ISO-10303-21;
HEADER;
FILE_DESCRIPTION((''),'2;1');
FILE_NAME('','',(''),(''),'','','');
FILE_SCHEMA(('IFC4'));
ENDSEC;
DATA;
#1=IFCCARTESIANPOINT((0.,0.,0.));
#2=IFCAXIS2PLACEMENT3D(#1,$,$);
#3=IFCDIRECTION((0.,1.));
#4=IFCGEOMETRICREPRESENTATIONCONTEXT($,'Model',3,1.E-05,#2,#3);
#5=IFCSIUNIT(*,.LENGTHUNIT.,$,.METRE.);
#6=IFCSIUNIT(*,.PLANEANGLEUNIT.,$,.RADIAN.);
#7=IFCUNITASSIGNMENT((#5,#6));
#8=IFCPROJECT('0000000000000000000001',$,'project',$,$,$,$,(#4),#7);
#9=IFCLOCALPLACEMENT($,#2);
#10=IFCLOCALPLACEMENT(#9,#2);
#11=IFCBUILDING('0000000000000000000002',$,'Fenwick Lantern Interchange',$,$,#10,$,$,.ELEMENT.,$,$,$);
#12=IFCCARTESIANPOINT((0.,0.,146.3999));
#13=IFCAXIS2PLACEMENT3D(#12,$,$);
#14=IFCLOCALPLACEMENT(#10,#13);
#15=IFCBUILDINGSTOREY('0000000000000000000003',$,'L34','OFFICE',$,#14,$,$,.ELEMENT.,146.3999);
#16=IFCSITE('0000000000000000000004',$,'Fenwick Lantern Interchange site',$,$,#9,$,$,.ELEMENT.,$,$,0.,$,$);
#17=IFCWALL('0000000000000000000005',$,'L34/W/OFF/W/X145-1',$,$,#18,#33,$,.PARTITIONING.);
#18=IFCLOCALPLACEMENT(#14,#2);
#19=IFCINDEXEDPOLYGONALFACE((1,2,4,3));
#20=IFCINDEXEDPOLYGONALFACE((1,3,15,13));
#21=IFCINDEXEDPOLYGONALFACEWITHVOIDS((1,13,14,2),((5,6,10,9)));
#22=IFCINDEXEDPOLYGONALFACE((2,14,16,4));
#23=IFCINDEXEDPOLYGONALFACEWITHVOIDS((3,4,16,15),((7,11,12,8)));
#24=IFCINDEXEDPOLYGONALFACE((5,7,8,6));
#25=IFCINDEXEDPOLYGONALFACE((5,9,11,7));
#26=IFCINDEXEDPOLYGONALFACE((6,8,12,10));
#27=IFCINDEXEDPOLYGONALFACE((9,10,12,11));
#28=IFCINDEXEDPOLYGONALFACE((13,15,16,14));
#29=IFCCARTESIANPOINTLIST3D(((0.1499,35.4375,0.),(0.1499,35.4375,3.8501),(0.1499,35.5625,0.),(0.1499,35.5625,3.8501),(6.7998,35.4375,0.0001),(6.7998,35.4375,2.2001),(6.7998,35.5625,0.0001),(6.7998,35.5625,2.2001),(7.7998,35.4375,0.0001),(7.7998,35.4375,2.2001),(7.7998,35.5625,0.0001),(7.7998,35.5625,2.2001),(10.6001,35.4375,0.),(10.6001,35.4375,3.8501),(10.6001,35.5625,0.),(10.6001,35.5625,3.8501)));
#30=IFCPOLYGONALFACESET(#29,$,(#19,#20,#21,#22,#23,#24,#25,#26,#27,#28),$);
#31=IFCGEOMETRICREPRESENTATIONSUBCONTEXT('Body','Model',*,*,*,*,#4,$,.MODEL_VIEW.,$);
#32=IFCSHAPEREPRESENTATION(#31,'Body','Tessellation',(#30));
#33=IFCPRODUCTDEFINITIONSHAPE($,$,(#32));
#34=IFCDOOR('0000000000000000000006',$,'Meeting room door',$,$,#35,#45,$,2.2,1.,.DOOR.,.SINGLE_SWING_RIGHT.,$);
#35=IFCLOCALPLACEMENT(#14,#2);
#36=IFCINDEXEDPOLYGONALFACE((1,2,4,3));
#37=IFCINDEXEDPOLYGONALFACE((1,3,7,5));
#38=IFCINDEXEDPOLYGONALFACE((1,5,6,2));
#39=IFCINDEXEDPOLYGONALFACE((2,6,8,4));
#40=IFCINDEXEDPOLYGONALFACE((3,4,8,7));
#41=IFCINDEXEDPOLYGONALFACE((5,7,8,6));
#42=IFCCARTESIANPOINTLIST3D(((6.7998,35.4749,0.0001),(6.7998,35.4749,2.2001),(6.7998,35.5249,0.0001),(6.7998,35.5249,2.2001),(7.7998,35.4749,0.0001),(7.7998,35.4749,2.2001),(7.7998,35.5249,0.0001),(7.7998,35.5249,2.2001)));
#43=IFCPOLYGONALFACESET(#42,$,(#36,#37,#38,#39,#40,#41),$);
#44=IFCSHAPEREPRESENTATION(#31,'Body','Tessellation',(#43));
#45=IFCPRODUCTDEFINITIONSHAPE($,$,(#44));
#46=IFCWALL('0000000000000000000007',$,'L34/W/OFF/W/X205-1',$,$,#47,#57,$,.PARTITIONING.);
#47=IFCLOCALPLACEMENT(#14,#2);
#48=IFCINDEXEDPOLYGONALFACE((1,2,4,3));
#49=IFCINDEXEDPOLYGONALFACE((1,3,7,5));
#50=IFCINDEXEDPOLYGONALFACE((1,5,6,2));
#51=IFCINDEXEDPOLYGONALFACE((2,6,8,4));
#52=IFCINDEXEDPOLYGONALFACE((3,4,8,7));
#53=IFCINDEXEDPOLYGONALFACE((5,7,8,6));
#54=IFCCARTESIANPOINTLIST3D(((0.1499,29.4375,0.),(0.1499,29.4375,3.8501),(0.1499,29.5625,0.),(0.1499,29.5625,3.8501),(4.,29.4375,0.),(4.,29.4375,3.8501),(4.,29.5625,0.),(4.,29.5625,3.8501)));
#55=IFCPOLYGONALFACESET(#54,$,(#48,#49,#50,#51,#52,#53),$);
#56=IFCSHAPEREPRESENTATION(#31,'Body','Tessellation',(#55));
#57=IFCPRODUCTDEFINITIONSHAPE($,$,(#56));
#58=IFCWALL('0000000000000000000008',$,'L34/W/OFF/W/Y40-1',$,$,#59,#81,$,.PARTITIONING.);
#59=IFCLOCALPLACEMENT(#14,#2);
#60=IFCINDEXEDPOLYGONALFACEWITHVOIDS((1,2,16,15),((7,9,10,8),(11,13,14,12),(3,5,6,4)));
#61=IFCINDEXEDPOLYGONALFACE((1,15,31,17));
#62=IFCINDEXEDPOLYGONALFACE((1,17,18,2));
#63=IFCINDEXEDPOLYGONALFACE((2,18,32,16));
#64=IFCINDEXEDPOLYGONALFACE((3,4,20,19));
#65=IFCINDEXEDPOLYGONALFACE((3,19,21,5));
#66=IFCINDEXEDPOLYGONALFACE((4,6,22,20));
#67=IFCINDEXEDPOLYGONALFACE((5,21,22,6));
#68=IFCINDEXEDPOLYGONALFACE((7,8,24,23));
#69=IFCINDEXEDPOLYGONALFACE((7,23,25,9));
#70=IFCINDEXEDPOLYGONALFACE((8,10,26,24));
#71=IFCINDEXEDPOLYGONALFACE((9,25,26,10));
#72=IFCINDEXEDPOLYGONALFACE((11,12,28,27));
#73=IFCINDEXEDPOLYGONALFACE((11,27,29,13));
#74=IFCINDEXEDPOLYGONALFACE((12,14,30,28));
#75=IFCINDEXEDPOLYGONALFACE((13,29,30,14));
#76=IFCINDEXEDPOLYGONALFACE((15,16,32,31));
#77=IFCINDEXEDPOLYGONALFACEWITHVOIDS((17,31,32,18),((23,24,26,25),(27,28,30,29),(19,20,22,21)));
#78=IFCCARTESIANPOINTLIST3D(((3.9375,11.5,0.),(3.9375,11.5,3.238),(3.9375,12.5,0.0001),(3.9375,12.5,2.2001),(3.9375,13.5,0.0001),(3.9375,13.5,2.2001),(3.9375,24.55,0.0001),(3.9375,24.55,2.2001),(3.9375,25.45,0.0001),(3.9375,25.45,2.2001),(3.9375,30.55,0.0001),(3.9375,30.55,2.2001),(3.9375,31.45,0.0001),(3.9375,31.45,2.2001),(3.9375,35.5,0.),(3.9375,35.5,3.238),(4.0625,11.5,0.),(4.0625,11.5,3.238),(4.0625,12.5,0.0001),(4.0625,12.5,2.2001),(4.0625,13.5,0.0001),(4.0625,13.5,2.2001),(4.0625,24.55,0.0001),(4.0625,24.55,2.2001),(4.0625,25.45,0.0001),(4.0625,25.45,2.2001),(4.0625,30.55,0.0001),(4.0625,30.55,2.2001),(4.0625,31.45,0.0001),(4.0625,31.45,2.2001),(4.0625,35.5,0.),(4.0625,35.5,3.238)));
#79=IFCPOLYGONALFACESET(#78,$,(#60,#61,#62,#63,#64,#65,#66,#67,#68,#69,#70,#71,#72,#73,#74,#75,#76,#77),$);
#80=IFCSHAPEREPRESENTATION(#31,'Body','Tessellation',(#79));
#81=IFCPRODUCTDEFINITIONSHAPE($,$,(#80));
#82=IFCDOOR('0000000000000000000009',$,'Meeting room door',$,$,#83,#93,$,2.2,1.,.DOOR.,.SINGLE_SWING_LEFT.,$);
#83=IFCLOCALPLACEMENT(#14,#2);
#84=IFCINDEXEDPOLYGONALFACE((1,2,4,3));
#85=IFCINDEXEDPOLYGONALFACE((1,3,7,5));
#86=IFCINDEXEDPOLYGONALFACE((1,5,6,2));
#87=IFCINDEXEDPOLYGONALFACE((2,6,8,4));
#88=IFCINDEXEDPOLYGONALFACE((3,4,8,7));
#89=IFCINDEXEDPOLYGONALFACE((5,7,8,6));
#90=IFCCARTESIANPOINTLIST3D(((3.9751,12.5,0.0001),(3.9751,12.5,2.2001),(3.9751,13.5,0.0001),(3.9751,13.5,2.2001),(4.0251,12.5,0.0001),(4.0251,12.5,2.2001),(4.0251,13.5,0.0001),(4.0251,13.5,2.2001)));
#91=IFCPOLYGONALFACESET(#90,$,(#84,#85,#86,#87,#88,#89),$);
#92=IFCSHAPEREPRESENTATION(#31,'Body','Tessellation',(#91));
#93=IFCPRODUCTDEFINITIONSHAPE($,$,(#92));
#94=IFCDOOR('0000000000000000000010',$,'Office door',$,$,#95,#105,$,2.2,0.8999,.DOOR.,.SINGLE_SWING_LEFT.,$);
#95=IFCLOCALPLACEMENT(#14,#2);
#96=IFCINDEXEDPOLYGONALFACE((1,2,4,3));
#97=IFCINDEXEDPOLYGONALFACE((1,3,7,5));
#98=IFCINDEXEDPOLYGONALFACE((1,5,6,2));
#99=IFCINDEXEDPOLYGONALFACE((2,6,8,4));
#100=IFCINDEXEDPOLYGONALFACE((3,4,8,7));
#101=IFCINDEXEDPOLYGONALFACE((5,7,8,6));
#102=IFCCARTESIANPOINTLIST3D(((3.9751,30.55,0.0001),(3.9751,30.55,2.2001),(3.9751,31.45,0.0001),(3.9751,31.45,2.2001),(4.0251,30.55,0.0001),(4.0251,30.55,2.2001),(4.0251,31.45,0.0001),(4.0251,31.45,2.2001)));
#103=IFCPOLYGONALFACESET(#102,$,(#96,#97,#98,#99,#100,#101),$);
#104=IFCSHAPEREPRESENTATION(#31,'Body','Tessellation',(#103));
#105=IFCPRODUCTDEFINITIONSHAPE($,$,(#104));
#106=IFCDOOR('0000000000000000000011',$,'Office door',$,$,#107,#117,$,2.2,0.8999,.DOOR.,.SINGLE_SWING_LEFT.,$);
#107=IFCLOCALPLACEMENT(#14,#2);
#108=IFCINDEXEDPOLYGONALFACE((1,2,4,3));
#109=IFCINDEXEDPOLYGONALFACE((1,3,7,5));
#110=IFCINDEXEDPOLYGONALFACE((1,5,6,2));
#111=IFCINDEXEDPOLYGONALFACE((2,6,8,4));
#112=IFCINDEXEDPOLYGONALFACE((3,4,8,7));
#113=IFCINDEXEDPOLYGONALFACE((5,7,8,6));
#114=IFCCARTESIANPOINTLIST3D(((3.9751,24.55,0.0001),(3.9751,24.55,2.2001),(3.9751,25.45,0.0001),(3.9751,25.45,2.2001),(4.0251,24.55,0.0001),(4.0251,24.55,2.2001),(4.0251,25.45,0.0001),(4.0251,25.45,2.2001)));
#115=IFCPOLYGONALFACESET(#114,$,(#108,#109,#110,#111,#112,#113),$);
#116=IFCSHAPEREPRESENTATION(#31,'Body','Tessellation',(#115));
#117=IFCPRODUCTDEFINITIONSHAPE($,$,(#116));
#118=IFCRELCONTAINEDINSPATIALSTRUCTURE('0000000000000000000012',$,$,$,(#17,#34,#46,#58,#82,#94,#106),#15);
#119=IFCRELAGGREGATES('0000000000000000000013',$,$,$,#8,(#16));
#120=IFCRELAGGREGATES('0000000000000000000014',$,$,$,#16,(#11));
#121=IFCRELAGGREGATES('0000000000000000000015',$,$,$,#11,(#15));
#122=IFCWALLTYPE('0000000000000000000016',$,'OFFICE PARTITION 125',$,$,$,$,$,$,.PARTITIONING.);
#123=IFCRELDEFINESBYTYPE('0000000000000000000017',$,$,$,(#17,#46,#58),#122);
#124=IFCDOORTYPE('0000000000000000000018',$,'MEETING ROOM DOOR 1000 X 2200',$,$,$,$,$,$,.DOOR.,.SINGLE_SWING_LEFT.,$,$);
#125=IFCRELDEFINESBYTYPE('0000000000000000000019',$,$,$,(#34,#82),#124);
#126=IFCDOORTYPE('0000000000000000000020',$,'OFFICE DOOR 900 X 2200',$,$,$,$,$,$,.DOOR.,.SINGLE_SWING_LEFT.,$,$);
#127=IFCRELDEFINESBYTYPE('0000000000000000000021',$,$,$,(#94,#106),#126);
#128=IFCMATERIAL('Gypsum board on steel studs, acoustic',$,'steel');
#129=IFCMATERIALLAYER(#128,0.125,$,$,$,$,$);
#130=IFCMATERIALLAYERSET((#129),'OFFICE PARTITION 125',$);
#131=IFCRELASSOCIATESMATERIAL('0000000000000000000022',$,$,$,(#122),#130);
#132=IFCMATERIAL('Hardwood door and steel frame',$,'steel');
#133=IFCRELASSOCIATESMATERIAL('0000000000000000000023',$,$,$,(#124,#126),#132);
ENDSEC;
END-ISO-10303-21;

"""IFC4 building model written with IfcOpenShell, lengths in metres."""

from ifc_helpers import new_model, si_unit, direction, frame, frame_2d, origin, place, context, subcontext, project, spatial, rectangle, extrude, material, layer, layer_set, type_object, element, fill, save


model = new_model("IFC4")

# Units and contexts
model_context = context("Model", 3, precision=1e-05, world=origin(), true_north=direction((0.0, 1.0)))
body_context = subcontext(model_context, "Body", "Model", "MODEL_VIEW")
ifc_project = project(units=[si_unit("LENGTHUNIT", "METRE"), si_unit("PLANEANGLEUNIT", "RADIAN")], contexts=[model_context])

# Site, building, storey
site_placement = place(None, origin())
site = spatial("IfcSite", under=ifc_project, at=site_placement, Name="Fenwick Lantern Interchange site", CompositionType="ELEMENT", RefElevation=0.0)
building_placement = place(site_placement, origin())
building = spatial("IfcBuilding", under=site, at=building_placement, Name="Fenwick Lantern Interchange", CompositionType="ELEMENT")
storey_placement = place(building_placement, frame((0.0, 0.0, 146.3999)))
storey = spatial("IfcBuildingStorey", under=building, at=storey_placement, Name="L34", Description="OFFICE", CompositionType="ELEMENT", Elevation=146.3999)

# Shared definitions
ifc_material_1 = material(Name="Hardwood door and steel frame", Category="steel")

# Wall, opening, door
ifc_material_2 = material(Name="Gypsum board on steel studs, acoustic", Category="steel")
ifc_layer_1 = layer(ifc_material_2, 0.125)
ifc_layer_set_1 = layer_set([ifc_layer_1], Name="OFFICE PARTITION 125")
wall_type_1 = type_object("IfcWallType", Name="OFFICE PARTITION 125", PredefinedType="PARTITIONING", material=ifc_layer_set_1)
wall_1_placement = place(storey_placement, frame((0.1499, 35.5, 0.0), z_axis=(0.0, 0.0, 1.0), x_axis=(1.0, 0.0, 0.0)))
wall_1 = element("IfcWall", 1, at=wall_1_placement, inside=storey, type_object=wall_type_1, Name="L34/W/OFF/W/X145-1", PredefinedType="PARTITIONING", context=body_context, shape_type="SweptSolid", body=[
    extrude(rectangle(XDim=10.4502, YDim=0.125, at=frame_2d((5.2251, 0.0))), origin(), (0.0, 0.0, 1.0), 3.8501),
])
opening_1_placement = place(wall_1_placement, frame((6.6499, 0.0, 0.0)))
opening_1 = element("IfcOpeningElement", 2, at=opening_1_placement, cuts=wall_1, PredefinedType="OPENING", context=body_context, shape_type="SweptSolid", body=[
    extrude(rectangle(XDim=1.0, YDim=2.2, at=frame_2d((0.5, 1.1001))), frame((0.0, 0.0725, 0.0), z_axis=(0.0, -1.0, 0.0), x_axis=(1.0, 0.0, 0.0)), (0.0, 0.0, 1.0), 0.145),
])
door_type_1 = type_object("IfcDoorType", Name="MEETING ROOM DOOR 1000 X 2200", OperationType="SINGLE_SWING_LEFT", PredefinedType="DOOR", material=ifc_material_1)
door_1_placement = place(opening_1_placement, origin())
door_1 = element("IfcDoor", 3, at=door_1_placement, inside=storey, type_object=door_type_1, Name="Meeting room door", OperationType="SINGLE_SWING_RIGHT", OverallHeight=2.2, OverallWidth=1.0, PredefinedType="DOOR", context=body_context, shape_type="SweptSolid", body=[
    extrude(rectangle(XDim=1.0, YDim=2.2, at=frame_2d((0.5, 1.1001))), frame((0.0, 0.0249, 0.0), z_axis=(0.0, -1.0, 0.0), x_axis=(1.0, 0.0, 0.0)), (0.0, 0.0, 1.0), 0.05),
])
fill(opening_1, door_1)

# Wall
wall_2_placement = place(storey_placement, frame((0.1499, 29.5, 0.0), z_axis=(0.0, 0.0, 1.0), x_axis=(1.0, 0.0, 0.0)))
element("IfcWall", 4, at=wall_2_placement, inside=storey, type_object=wall_type_1, Name="L34/W/OFF/W/X205-1", PredefinedType="PARTITIONING", context=body_context, shape_type="SweptSolid", body=[
    extrude(rectangle(XDim=3.8501, YDim=0.125, at=frame_2d((1.925, 0.0))), origin(), (0.0, 0.0, 1.0), 3.8501),
])

# Wall, openings, doors
wall_3_placement = place(storey_placement, frame((4.0, 35.5, 0.0), z_axis=(0.0, 0.0, 1.0), x_axis=(0.0, -1.0, 0.0)))
wall_3 = element("IfcWall", 5, at=wall_3_placement, inside=storey, type_object=wall_type_1, Name="L34/W/OFF/W/Y40-1", PredefinedType="PARTITIONING", context=body_context, shape_type="SweptSolid", body=[
    extrude(rectangle(XDim=24.0, YDim=0.125, at=frame_2d((12.0, 0.0))), origin(), (0.0, 0.0, 1.0), 3.238),
])
opening_2_placement = place(wall_3_placement, frame((4.05, 0.0, 0.0)))
opening_2 = element("IfcOpeningElement", 6, at=opening_2_placement, cuts=wall_3, PredefinedType="OPENING", context=body_context, shape_type="SweptSolid", body=[
    extrude(rectangle(XDim=0.8999, YDim=2.2, at=frame_2d((0.45, 1.1001))), frame((0.0, 0.0725, 0.0), z_axis=(0.0, -1.0, 0.0), x_axis=(1.0, 0.0, 0.0)), (0.0, 0.0, 1.0), 0.145),
])
opening_3_placement = place(wall_3_placement, frame((10.05, 0.0, 0.0)))
opening_3 = element("IfcOpeningElement", 7, at=opening_3_placement, cuts=wall_3, PredefinedType="OPENING", context=body_context, shape_type="SweptSolid", body=[
    extrude(rectangle(XDim=0.8999, YDim=2.2, at=frame_2d((0.45, 1.1001))), frame((0.0, 0.0725, 0.0), z_axis=(0.0, -1.0, 0.0), x_axis=(1.0, 0.0, 0.0)), (0.0, 0.0, 1.0), 0.145),
])
opening_4_placement = place(wall_3_placement, frame((22.0, 0.0, 0.0)))
opening_4 = element("IfcOpeningElement", 8, at=opening_4_placement, cuts=wall_3, PredefinedType="OPENING", context=body_context, shape_type="SweptSolid", body=[
    extrude(rectangle(XDim=1.0, YDim=2.2, at=frame_2d((0.5, 1.1001))), frame((0.0, 0.0725, 0.0), z_axis=(0.0, -1.0, 0.0), x_axis=(1.0, 0.0, 0.0)), (0.0, 0.0, 1.0), 0.145),
])
door_2_placement = place(opening_4_placement, frame((1.0, 0.0, 0.0), z_axis=(0.0, 0.0, 1.0), x_axis=(-1.0, 0.0, 0.0)))
door_2 = element("IfcDoor", 9, at=door_2_placement, inside=storey, type_object=door_type_1, Name="Meeting room door", OperationType="SINGLE_SWING_LEFT", OverallHeight=2.2, OverallWidth=1.0, PredefinedType="DOOR", context=body_context, shape_type="SweptSolid", body=[
    extrude(rectangle(XDim=1.0, YDim=2.2, at=frame_2d((0.5, 1.1001))), frame((0.0, 0.0249, 0.0), z_axis=(0.0, -1.0, 0.0), x_axis=(1.0, 0.0, 0.0)), (0.0, 0.0, 1.0), 0.05),
])
fill(opening_4, door_2)
door_type_2 = type_object("IfcDoorType", Name="OFFICE DOOR 900 X 2200", OperationType="SINGLE_SWING_LEFT", PredefinedType="DOOR", material=ifc_material_1)
door_3_placement = place(opening_2_placement, frame((0.8999, 0.0, 0.0), z_axis=(0.0, 0.0, 1.0), x_axis=(-1.0, 0.0, 0.0)))
door_3 = element("IfcDoor", 10, at=door_3_placement, inside=storey, type_object=door_type_2, Name="Office door", OperationType="SINGLE_SWING_LEFT", OverallHeight=2.2, OverallWidth=0.8999, PredefinedType="DOOR", context=body_context, shape_type="SweptSolid", body=[
    extrude(rectangle(XDim=0.8999, YDim=2.2, at=frame_2d((0.45, 1.1001))), frame((0.0, 0.0249, 0.0), z_axis=(0.0, -1.0, 0.0), x_axis=(1.0, 0.0, 0.0)), (0.0, 0.0, 1.0), 0.05),
])
fill(opening_2, door_3)
door_4_placement = place(opening_3_placement, frame((0.8999, 0.0, 0.0), z_axis=(0.0, 0.0, 1.0), x_axis=(-1.0, 0.0, 0.0)))
door_4 = element("IfcDoor", 11, at=door_4_placement, inside=storey, type_object=door_type_2, Name="Office door", OperationType="SINGLE_SWING_LEFT", OverallHeight=2.2, OverallWidth=0.8999, PredefinedType="DOOR", context=body_context, shape_type="SweptSolid", body=[
    extrude(rectangle(XDim=0.8999, YDim=2.2, at=frame_2d((0.45, 1.1001))), frame((0.0, 0.0249, 0.0), z_axis=(0.0, -1.0, 0.0), x_axis=(1.0, 0.0, 0.0)), (0.0, 0.0, 1.0), 0.05),
])
fill(opening_3, door_4)

save(model, "model.ifc")
